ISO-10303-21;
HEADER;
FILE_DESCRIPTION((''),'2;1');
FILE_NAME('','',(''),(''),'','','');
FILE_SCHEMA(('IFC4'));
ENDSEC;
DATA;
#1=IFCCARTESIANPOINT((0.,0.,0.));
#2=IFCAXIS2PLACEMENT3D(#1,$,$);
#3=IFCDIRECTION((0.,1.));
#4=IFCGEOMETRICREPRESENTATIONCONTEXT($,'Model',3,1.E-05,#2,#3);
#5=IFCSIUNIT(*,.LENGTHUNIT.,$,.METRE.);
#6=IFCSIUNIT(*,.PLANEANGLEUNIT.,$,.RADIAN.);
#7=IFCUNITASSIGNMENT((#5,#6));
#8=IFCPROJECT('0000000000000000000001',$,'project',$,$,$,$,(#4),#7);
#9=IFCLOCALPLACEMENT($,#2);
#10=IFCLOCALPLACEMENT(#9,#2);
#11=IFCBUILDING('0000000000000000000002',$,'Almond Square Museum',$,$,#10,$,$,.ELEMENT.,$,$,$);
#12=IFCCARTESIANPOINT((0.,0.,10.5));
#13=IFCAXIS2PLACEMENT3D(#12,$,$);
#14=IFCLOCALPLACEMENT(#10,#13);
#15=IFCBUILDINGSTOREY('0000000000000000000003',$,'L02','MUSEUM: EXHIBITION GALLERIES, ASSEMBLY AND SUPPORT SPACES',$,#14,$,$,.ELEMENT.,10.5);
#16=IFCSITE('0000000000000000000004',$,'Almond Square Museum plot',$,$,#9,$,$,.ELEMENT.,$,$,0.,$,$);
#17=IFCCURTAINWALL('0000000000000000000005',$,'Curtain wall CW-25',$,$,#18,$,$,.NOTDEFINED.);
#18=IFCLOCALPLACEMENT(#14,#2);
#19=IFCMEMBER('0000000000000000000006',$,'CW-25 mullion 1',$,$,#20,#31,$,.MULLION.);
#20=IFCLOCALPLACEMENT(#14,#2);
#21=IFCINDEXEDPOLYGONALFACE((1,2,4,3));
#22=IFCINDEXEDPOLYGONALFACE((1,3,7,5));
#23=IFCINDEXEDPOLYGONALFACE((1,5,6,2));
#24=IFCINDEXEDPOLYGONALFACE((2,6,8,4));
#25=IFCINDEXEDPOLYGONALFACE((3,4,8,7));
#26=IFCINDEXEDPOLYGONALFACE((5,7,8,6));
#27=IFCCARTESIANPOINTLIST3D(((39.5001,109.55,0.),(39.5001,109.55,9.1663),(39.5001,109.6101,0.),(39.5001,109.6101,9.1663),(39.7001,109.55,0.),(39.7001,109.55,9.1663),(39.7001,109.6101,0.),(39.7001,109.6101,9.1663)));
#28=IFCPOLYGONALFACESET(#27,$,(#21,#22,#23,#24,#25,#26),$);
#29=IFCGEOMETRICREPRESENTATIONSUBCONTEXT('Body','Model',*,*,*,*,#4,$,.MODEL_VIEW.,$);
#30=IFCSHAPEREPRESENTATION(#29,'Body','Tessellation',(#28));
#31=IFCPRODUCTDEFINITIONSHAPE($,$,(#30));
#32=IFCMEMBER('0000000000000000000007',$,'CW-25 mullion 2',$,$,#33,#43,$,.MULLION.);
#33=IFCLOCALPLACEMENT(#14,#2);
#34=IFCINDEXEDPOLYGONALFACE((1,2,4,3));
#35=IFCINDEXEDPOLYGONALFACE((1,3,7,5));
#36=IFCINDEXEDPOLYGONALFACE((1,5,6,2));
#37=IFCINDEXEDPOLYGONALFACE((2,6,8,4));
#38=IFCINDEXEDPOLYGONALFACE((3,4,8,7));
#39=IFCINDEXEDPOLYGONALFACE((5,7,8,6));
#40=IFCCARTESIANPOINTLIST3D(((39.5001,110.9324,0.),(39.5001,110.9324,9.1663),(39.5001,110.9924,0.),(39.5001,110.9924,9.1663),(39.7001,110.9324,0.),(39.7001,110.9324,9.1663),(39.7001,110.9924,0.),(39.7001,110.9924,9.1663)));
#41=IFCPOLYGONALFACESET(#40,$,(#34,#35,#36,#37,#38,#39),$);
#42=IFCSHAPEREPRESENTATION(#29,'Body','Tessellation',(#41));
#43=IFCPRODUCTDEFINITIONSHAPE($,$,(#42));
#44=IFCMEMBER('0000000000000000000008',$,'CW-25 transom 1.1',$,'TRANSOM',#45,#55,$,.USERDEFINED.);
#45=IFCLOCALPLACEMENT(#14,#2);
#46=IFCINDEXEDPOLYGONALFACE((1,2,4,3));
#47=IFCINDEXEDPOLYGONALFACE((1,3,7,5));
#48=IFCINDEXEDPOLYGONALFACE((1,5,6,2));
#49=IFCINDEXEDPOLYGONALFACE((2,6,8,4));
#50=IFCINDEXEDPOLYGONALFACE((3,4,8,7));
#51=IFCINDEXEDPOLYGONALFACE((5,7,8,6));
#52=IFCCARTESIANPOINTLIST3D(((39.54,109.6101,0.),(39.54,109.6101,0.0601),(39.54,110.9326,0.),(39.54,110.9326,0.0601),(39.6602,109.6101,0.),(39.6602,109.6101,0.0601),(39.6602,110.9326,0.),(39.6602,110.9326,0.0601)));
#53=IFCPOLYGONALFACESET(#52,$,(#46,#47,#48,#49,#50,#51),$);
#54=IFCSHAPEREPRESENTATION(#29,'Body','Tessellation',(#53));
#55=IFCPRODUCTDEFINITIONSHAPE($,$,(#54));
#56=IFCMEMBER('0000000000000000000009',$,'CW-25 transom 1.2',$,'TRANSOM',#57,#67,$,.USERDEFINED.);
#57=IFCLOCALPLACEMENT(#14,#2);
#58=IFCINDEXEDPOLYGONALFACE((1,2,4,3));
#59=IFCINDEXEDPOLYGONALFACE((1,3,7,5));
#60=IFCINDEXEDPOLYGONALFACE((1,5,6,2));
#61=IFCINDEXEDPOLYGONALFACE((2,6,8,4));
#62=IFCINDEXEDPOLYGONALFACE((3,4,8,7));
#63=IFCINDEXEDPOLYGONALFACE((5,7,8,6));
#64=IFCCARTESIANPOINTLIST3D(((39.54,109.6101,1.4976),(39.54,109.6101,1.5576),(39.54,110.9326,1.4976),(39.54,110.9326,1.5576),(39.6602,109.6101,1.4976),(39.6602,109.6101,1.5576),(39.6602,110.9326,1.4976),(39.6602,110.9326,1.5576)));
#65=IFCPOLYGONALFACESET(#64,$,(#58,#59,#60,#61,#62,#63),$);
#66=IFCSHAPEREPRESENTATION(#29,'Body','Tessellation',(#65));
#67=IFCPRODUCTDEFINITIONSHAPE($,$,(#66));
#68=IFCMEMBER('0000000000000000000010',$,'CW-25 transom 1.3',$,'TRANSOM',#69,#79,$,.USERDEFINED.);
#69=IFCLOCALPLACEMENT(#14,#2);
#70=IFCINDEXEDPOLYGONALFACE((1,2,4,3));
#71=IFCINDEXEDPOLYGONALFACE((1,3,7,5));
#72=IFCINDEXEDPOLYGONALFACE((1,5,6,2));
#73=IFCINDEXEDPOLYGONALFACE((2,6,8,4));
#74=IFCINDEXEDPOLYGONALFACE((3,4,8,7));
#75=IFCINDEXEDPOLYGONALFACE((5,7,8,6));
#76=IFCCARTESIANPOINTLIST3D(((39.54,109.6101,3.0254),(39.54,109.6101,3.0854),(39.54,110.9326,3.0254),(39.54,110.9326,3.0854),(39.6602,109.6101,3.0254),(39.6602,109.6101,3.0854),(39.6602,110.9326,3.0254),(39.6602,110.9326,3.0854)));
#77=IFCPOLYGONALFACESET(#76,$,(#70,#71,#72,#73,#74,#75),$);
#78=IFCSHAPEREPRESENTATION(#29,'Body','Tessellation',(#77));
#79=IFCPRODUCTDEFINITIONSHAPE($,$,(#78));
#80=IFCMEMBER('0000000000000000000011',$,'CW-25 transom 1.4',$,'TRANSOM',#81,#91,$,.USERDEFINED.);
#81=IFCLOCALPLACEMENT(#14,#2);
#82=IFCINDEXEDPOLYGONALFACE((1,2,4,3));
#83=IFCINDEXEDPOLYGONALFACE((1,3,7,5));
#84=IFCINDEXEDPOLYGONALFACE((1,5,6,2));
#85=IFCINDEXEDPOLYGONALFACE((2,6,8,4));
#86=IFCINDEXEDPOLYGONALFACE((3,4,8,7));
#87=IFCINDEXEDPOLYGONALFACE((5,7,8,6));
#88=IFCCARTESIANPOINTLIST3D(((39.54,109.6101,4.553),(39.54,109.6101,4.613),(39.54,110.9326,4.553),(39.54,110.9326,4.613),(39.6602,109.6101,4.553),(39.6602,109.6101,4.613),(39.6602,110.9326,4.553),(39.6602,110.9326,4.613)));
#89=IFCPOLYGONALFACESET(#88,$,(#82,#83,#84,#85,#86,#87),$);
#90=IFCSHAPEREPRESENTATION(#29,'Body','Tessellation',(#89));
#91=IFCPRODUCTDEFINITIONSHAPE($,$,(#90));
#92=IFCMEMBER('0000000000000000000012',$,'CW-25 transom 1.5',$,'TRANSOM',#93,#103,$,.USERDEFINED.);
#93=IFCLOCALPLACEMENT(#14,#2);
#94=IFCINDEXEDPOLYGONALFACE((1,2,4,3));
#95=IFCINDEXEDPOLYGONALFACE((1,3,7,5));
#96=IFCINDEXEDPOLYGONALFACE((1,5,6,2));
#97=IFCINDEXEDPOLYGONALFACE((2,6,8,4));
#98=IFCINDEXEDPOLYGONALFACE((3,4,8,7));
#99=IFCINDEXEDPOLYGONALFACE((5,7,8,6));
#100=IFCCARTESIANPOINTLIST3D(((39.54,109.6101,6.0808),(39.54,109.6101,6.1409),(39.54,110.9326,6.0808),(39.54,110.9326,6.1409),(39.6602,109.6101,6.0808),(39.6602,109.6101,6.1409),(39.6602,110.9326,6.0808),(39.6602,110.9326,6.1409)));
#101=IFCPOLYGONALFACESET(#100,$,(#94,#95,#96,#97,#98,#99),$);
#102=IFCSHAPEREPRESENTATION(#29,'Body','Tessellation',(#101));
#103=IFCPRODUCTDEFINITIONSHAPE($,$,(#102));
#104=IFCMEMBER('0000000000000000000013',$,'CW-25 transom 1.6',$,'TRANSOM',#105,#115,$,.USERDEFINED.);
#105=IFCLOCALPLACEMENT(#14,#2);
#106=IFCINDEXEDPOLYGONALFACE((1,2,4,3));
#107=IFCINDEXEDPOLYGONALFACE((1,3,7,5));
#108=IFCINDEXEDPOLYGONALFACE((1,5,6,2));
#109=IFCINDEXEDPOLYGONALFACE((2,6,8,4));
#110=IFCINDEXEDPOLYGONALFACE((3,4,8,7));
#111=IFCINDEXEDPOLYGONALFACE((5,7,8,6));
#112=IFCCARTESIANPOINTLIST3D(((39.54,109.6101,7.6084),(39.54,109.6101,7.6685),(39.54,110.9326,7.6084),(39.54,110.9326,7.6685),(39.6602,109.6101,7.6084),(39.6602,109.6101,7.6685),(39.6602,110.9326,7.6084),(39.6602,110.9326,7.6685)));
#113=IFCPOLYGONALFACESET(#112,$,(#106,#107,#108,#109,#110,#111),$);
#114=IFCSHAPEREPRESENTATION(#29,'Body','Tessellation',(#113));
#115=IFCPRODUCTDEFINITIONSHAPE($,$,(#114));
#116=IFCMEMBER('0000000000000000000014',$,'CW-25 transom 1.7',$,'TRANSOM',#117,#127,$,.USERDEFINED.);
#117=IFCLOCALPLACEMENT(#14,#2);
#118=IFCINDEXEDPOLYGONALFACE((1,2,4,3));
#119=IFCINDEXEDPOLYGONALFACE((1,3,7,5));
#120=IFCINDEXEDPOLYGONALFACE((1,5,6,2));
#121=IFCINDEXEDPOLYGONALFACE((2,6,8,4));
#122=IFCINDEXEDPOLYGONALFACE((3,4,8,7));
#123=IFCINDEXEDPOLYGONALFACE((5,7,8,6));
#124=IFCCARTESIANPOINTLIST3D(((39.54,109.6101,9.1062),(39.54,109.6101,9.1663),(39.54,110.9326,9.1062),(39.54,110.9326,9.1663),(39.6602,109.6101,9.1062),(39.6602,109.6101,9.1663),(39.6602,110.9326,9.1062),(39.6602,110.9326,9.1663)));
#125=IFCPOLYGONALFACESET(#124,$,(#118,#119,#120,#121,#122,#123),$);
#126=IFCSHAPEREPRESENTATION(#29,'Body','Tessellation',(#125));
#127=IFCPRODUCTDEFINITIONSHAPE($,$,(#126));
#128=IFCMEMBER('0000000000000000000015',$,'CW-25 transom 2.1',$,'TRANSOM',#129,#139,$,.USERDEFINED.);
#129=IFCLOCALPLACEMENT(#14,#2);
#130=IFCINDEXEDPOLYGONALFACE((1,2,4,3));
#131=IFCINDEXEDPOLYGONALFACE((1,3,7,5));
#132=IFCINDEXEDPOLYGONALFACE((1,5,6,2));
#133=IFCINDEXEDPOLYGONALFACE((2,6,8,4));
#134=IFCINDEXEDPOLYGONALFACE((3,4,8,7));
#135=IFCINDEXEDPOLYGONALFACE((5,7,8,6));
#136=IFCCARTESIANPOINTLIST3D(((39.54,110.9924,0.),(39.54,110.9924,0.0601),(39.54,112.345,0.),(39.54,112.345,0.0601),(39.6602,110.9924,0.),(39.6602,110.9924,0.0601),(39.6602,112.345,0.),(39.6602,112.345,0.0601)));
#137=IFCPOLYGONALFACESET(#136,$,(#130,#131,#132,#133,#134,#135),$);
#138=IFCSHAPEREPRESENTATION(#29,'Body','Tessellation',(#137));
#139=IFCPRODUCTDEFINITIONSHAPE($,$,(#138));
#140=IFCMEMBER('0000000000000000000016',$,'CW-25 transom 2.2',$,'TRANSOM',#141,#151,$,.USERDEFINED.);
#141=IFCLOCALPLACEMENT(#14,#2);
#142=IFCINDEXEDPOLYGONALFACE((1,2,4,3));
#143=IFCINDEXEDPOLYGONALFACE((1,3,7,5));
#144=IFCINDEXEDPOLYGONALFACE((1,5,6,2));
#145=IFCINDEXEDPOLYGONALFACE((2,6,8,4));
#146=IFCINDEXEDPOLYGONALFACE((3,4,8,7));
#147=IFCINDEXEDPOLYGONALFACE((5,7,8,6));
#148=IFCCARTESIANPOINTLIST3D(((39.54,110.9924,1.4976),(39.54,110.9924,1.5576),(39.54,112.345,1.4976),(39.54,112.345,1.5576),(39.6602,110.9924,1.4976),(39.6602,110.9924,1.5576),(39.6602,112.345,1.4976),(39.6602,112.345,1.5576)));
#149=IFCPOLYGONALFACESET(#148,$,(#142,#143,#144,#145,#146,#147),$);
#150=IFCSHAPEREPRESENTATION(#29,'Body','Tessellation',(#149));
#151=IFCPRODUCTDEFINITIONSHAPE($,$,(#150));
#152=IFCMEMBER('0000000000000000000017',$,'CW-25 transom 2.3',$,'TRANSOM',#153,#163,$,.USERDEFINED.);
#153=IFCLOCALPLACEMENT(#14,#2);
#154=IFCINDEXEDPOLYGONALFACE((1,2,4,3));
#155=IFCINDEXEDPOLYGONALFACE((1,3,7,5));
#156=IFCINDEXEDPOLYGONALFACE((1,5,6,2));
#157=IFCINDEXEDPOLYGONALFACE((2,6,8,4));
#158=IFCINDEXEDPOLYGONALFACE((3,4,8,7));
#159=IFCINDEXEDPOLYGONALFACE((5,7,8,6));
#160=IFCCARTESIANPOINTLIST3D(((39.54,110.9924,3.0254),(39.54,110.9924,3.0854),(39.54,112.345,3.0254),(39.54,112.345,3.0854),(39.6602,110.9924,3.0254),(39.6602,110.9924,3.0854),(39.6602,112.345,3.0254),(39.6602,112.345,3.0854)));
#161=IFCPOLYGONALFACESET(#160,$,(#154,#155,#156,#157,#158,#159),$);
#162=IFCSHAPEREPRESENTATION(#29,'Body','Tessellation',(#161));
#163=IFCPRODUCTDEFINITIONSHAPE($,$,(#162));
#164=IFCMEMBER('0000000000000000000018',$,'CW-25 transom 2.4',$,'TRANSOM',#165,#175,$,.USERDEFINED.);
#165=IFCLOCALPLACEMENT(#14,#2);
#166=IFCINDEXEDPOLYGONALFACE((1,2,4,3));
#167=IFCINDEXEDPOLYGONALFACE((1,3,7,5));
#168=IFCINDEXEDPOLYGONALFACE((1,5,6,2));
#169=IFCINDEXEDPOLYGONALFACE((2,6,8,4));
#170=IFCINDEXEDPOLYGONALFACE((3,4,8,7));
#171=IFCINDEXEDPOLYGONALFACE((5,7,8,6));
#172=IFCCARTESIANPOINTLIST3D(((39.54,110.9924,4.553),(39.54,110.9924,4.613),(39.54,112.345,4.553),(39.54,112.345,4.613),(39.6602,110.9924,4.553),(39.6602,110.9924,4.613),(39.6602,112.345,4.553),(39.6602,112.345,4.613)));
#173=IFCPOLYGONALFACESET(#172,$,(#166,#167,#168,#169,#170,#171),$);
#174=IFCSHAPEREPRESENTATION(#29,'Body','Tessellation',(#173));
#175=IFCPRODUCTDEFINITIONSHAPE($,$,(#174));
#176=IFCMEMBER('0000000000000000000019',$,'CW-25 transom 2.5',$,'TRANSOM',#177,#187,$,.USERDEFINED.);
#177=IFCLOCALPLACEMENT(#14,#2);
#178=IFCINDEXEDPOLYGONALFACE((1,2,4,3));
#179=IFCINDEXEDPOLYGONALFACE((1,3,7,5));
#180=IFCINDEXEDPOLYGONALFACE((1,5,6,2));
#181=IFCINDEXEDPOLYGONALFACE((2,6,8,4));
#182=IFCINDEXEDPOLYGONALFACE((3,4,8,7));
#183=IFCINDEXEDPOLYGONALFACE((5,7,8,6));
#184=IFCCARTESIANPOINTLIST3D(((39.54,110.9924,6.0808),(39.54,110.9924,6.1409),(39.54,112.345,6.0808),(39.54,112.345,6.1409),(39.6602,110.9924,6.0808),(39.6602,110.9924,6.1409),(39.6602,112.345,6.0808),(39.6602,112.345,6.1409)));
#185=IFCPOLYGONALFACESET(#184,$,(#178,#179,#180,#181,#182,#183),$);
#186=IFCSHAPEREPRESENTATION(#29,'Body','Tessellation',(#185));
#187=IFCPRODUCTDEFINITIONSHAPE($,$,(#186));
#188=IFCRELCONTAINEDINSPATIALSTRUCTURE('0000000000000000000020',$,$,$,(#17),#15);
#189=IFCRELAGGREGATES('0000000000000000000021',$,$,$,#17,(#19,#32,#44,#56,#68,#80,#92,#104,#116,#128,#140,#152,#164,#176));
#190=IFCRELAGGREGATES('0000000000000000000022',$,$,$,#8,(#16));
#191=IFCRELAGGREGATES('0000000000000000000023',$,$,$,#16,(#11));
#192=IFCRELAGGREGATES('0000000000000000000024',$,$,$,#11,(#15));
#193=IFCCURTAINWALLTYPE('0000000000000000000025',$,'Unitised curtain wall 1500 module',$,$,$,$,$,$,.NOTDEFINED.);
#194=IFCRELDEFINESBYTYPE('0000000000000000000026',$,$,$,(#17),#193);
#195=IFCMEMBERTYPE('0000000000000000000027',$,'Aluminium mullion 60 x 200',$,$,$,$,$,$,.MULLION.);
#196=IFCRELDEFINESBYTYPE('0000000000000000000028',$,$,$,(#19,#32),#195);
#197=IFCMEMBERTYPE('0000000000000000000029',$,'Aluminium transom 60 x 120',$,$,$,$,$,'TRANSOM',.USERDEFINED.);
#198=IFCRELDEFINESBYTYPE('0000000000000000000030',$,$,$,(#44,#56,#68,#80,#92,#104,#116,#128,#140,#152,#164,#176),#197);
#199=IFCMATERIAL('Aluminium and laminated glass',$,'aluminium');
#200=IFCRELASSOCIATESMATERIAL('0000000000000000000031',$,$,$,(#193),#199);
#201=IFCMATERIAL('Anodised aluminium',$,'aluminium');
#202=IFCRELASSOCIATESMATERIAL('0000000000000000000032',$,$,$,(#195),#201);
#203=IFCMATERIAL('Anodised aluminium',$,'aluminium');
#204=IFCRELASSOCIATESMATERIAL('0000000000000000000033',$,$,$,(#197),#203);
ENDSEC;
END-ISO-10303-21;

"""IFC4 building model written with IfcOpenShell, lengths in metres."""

from ifc_helpers import new_model, si_unit, direction, frame, origin, origin_2d, place, context, subcontext, project, spatial, rectangle, extrude, material, material_profile, profile_set, type_object, element, aggregate, save


model = new_model("IFC4")

# Units and contexts
model_context = context("Model", 3, precision=1e-05, world=origin(), true_north=direction((0.0, 1.0)))
body_context = subcontext(model_context, "Body", "Model", "MODEL_VIEW")
ifc_project = project(units=[si_unit("LENGTHUNIT", "METRE"), si_unit("PLANEANGLEUNIT", "RADIAN")], contexts=[model_context])

# Site, building, storey
site_placement = place(None, origin())
site = spatial("IfcSite", under=ifc_project, at=site_placement, Name="Almond Square Museum plot", CompositionType="ELEMENT", RefElevation=0.0)
building_placement = place(site_placement, origin())
building = spatial("IfcBuilding", under=site, at=building_placement, Name="Almond Square Museum", CompositionType="ELEMENT")
storey_placement = place(building_placement, frame((0.0, 0.0, 10.5)))
storey = spatial("IfcBuildingStorey", under=building, at=storey_placement, Name="L02", Description="MUSEUM: EXHIBITION GALLERIES, ASSEMBLY AND SUPPORT SPACES", CompositionType="ELEMENT", Elevation=10.5)

# Curtain wall, members
ifc_material_1 = material(Name="Aluminium and laminated glass", Category="aluminium")
curtain_wall_type = type_object("IfcCurtainWallType", Name="Unitised curtain wall 1500 module", PredefinedType="NOTDEFINED", material=ifc_material_1)
curtain_wall_placement = place(storey_placement, origin())
curtain_wall = element("IfcCurtainWall", 1, at=curtain_wall_placement, inside=storey, type_object=curtain_wall_type, Name="Curtain wall CW-25", PredefinedType="NOTDEFINED")
ifc_material_2 = material(Name="Anodised aluminium", Category="aluminium")
ifc_material_profile_1 = material_profile(ifc_material_2, rectangle(XDim=0.2, YDim=0.0601, at=origin_2d()))
ifc_profile_set_1 = profile_set([ifc_material_profile_1], Name="Anodised aluminium")
member_type_1 = type_object("IfcMemberType", Name="Aluminium mullion 60 x 200", PredefinedType="MULLION", material=ifc_profile_set_1)
member_1_placement = place(storey_placement, frame((39.6001, 109.5801, 0.0), z_axis=(0.0, 0.0, 1.0), x_axis=(-1.0, 0.0, 0.0)))
member_1 = element("IfcMember", 2, at=member_1_placement, type_object=member_type_1, Name="CW-25 mullion 1", PredefinedType="MULLION", context=body_context, shape_type="SweptSolid", body=[
    extrude(rectangle(XDim=0.2, YDim=0.0601, at=origin_2d()), origin(), (0.0, 0.0, 1.0), 9.1663),
])
member_2_placement = place(storey_placement, frame((39.6001, 110.9624, 0.0), z_axis=(0.0, 0.0, 1.0), x_axis=(-1.0, 0.0, 0.0)))
member_2 = element("IfcMember", 3, at=member_2_placement, type_object=member_type_1, Name="CW-25 mullion 2", PredefinedType="MULLION", context=body_context, shape_type="SweptSolid", body=[
    extrude(rectangle(XDim=0.2, YDim=0.0601, at=origin_2d()), origin(), (0.0, 0.0, 1.0), 9.1663),
])
ifc_material_3 = material(Name="Anodised aluminium", Category="aluminium")
ifc_material_profile_2 = material_profile(ifc_material_3, rectangle(XDim=0.1201, YDim=0.0601, at=origin_2d()))
ifc_profile_set_2 = profile_set([ifc_material_profile_2], Name="Anodised aluminium")
member_type_2 = type_object("IfcMemberType", Name="Aluminium transom 60 x 120", ElementType="TRANSOM", PredefinedType="USERDEFINED", material=ifc_profile_set_2)
member_3_placement = place(storey_placement, frame((39.6001, 109.6101, 0.03), z_axis=(0.0, 1.0, 0.0), x_axis=(-1.0, 0.0, 0.0)))
member_3 = element("IfcMember", 4, at=member_3_placement, type_object=member_type_2, Name="CW-25 transom 1.1", ObjectType="TRANSOM", PredefinedType="USERDEFINED", context=body_context, shape_type="SweptSolid", body=[
    extrude(rectangle(XDim=0.1201, YDim=0.0601, at=origin_2d()), origin(), (0.0, 0.0, 1.0), 1.3225),
])
member_4_placement = place(storey_placement, frame((39.6001, 109.6101, 1.5276), z_axis=(0.0, 1.0, 0.0), x_axis=(-1.0, 0.0, 0.0)))
member_4 = element("IfcMember", 5, at=member_4_placement, type_object=member_type_2, Name="CW-25 transom 1.2", ObjectType="TRANSOM", PredefinedType="USERDEFINED", context=body_context, shape_type="SweptSolid", body=[
    extrude(rectangle(XDim=0.1201, YDim=0.0601, at=origin_2d()), origin(), (0.0, 0.0, 1.0), 1.3225),
])
member_5_placement = place(storey_placement, frame((39.6001, 109.6101, 3.0554), z_axis=(0.0, 1.0, 0.0), x_axis=(-1.0, 0.0, 0.0)))
member_5 = element("IfcMember", 6, at=member_5_placement, type_object=member_type_2, Name="CW-25 transom 1.3", ObjectType="TRANSOM", PredefinedType="USERDEFINED", context=body_context, shape_type="SweptSolid", body=[
    extrude(rectangle(XDim=0.1201, YDim=0.0601, at=origin_2d()), origin(), (0.0, 0.0, 1.0), 1.3225),
])
member_6_placement = place(storey_placement, frame((39.6001, 109.6101, 4.583), z_axis=(0.0, 1.0, 0.0), x_axis=(-1.0, 0.0, 0.0)))
member_6 = element("IfcMember", 7, at=member_6_placement, type_object=member_type_2, Name="CW-25 transom 1.4", ObjectType="TRANSOM", PredefinedType="USERDEFINED", context=body_context, shape_type="SweptSolid", body=[
    extrude(rectangle(XDim=0.1201, YDim=0.0601, at=origin_2d()), origin(), (0.0, 0.0, 1.0), 1.3225),
])
member_7_placement = place(storey_placement, frame((39.6001, 109.6101, 6.1108), z_axis=(0.0, 1.0, 0.0), x_axis=(-1.0, 0.0, 0.0)))
member_7 = element("IfcMember", 8, at=member_7_placement, type_object=member_type_2, Name="CW-25 transom 1.5", ObjectType="TRANSOM", PredefinedType="USERDEFINED", context=body_context, shape_type="SweptSolid", body=[
    extrude(rectangle(XDim=0.1201, YDim=0.0601, at=origin_2d()), origin(), (0.0, 0.0, 1.0), 1.3225),
])
member_8_placement = place(storey_placement, frame((39.6001, 109.6101, 7.6384), z_axis=(0.0, 1.0, 0.0), x_axis=(-1.0, 0.0, 0.0)))
member_8 = element("IfcMember", 9, at=member_8_placement, type_object=member_type_2, Name="CW-25 transom 1.6", ObjectType="TRANSOM", PredefinedType="USERDEFINED", context=body_context, shape_type="SweptSolid", body=[
    extrude(rectangle(XDim=0.1201, YDim=0.0601, at=origin_2d()), origin(), (0.0, 0.0, 1.0), 1.3225),
])
member_9_placement = place(storey_placement, frame((39.6001, 109.6101, 9.1362), z_axis=(0.0, 1.0, 0.0), x_axis=(-1.0, 0.0, 0.0)))
member_9 = element("IfcMember", 10, at=member_9_placement, type_object=member_type_2, Name="CW-25 transom 1.7", ObjectType="TRANSOM", PredefinedType="USERDEFINED", context=body_context, shape_type="SweptSolid", body=[
    extrude(rectangle(XDim=0.1201, YDim=0.0601, at=origin_2d()), origin(), (0.0, 0.0, 1.0), 1.3225),
])
member_10_placement = place(storey_placement, frame((39.6001, 110.9924, 0.03), z_axis=(0.0, 1.0, 0.0), x_axis=(-1.0, 0.0, 0.0)))
member_10 = element("IfcMember", 11, at=member_10_placement, type_object=member_type_2, Name="CW-25 transom 2.1", ObjectType="TRANSOM", PredefinedType="USERDEFINED", context=body_context, shape_type="SweptSolid", body=[
    extrude(rectangle(XDim=0.1201, YDim=0.0601, at=origin_2d()), origin(), (0.0, 0.0, 1.0), 1.3525),
])
member_11_placement = place(storey_placement, frame((39.6001, 110.9924, 1.5276), z_axis=(0.0, 1.0, 0.0), x_axis=(-1.0, 0.0, 0.0)))
member_11 = element("IfcMember", 12, at=member_11_placement, type_object=member_type_2, Name="CW-25 transom 2.2", ObjectType="TRANSOM", PredefinedType="USERDEFINED", context=body_context, shape_type="SweptSolid", body=[
    extrude(rectangle(XDim=0.1201, YDim=0.0601, at=origin_2d()), origin(), (0.0, 0.0, 1.0), 1.3525),
])
member_12_placement = place(storey_placement, frame((39.6001, 110.9924, 3.0554), z_axis=(0.0, 1.0, 0.0), x_axis=(-1.0, 0.0, 0.0)))
member_12 = element("IfcMember", 13, at=member_12_placement, type_object=member_type_2, Name="CW-25 transom 2.3", ObjectType="TRANSOM", PredefinedType="USERDEFINED", context=body_context, shape_type="SweptSolid", body=[
    extrude(rectangle(XDim=0.1201, YDim=0.0601, at=origin_2d()), origin(), (0.0, 0.0, 1.0), 1.3525),
])
member_13_placement = place(storey_placement, frame((39.6001, 110.9924, 4.583), z_axis=(0.0, 1.0, 0.0), x_axis=(-1.0, 0.0, 0.0)))
member_13 = element("IfcMember", 14, at=member_13_placement, type_object=member_type_2, Name="CW-25 transom 2.4", ObjectType="TRANSOM", PredefinedType="USERDEFINED", context=body_context, shape_type="SweptSolid", body=[
    extrude(rectangle(XDim=0.1201, YDim=0.0601, at=origin_2d()), origin(), (0.0, 0.0, 1.0), 1.3525),
])
member_14_placement = place(storey_placement, frame((39.6001, 110.9924, 6.1108), z_axis=(0.0, 1.0, 0.0), x_axis=(-1.0, 0.0, 0.0)))
member_14 = element("IfcMember", 15, at=member_14_placement, type_object=member_type_2, Name="CW-25 transom 2.5", ObjectType="TRANSOM", PredefinedType="USERDEFINED", context=body_context, shape_type="SweptSolid", body=[
    extrude(rectangle(XDim=0.1201, YDim=0.0601, at=origin_2d()), origin(), (0.0, 0.0, 1.0), 1.3525),
])

aggregate(curtain_wall, [member_1, member_2, member_3, member_4, member_5, member_6, member_7, member_8, member_9, member_10, member_11, member_12, member_13, member_14])

save(model, "model.ifc")
